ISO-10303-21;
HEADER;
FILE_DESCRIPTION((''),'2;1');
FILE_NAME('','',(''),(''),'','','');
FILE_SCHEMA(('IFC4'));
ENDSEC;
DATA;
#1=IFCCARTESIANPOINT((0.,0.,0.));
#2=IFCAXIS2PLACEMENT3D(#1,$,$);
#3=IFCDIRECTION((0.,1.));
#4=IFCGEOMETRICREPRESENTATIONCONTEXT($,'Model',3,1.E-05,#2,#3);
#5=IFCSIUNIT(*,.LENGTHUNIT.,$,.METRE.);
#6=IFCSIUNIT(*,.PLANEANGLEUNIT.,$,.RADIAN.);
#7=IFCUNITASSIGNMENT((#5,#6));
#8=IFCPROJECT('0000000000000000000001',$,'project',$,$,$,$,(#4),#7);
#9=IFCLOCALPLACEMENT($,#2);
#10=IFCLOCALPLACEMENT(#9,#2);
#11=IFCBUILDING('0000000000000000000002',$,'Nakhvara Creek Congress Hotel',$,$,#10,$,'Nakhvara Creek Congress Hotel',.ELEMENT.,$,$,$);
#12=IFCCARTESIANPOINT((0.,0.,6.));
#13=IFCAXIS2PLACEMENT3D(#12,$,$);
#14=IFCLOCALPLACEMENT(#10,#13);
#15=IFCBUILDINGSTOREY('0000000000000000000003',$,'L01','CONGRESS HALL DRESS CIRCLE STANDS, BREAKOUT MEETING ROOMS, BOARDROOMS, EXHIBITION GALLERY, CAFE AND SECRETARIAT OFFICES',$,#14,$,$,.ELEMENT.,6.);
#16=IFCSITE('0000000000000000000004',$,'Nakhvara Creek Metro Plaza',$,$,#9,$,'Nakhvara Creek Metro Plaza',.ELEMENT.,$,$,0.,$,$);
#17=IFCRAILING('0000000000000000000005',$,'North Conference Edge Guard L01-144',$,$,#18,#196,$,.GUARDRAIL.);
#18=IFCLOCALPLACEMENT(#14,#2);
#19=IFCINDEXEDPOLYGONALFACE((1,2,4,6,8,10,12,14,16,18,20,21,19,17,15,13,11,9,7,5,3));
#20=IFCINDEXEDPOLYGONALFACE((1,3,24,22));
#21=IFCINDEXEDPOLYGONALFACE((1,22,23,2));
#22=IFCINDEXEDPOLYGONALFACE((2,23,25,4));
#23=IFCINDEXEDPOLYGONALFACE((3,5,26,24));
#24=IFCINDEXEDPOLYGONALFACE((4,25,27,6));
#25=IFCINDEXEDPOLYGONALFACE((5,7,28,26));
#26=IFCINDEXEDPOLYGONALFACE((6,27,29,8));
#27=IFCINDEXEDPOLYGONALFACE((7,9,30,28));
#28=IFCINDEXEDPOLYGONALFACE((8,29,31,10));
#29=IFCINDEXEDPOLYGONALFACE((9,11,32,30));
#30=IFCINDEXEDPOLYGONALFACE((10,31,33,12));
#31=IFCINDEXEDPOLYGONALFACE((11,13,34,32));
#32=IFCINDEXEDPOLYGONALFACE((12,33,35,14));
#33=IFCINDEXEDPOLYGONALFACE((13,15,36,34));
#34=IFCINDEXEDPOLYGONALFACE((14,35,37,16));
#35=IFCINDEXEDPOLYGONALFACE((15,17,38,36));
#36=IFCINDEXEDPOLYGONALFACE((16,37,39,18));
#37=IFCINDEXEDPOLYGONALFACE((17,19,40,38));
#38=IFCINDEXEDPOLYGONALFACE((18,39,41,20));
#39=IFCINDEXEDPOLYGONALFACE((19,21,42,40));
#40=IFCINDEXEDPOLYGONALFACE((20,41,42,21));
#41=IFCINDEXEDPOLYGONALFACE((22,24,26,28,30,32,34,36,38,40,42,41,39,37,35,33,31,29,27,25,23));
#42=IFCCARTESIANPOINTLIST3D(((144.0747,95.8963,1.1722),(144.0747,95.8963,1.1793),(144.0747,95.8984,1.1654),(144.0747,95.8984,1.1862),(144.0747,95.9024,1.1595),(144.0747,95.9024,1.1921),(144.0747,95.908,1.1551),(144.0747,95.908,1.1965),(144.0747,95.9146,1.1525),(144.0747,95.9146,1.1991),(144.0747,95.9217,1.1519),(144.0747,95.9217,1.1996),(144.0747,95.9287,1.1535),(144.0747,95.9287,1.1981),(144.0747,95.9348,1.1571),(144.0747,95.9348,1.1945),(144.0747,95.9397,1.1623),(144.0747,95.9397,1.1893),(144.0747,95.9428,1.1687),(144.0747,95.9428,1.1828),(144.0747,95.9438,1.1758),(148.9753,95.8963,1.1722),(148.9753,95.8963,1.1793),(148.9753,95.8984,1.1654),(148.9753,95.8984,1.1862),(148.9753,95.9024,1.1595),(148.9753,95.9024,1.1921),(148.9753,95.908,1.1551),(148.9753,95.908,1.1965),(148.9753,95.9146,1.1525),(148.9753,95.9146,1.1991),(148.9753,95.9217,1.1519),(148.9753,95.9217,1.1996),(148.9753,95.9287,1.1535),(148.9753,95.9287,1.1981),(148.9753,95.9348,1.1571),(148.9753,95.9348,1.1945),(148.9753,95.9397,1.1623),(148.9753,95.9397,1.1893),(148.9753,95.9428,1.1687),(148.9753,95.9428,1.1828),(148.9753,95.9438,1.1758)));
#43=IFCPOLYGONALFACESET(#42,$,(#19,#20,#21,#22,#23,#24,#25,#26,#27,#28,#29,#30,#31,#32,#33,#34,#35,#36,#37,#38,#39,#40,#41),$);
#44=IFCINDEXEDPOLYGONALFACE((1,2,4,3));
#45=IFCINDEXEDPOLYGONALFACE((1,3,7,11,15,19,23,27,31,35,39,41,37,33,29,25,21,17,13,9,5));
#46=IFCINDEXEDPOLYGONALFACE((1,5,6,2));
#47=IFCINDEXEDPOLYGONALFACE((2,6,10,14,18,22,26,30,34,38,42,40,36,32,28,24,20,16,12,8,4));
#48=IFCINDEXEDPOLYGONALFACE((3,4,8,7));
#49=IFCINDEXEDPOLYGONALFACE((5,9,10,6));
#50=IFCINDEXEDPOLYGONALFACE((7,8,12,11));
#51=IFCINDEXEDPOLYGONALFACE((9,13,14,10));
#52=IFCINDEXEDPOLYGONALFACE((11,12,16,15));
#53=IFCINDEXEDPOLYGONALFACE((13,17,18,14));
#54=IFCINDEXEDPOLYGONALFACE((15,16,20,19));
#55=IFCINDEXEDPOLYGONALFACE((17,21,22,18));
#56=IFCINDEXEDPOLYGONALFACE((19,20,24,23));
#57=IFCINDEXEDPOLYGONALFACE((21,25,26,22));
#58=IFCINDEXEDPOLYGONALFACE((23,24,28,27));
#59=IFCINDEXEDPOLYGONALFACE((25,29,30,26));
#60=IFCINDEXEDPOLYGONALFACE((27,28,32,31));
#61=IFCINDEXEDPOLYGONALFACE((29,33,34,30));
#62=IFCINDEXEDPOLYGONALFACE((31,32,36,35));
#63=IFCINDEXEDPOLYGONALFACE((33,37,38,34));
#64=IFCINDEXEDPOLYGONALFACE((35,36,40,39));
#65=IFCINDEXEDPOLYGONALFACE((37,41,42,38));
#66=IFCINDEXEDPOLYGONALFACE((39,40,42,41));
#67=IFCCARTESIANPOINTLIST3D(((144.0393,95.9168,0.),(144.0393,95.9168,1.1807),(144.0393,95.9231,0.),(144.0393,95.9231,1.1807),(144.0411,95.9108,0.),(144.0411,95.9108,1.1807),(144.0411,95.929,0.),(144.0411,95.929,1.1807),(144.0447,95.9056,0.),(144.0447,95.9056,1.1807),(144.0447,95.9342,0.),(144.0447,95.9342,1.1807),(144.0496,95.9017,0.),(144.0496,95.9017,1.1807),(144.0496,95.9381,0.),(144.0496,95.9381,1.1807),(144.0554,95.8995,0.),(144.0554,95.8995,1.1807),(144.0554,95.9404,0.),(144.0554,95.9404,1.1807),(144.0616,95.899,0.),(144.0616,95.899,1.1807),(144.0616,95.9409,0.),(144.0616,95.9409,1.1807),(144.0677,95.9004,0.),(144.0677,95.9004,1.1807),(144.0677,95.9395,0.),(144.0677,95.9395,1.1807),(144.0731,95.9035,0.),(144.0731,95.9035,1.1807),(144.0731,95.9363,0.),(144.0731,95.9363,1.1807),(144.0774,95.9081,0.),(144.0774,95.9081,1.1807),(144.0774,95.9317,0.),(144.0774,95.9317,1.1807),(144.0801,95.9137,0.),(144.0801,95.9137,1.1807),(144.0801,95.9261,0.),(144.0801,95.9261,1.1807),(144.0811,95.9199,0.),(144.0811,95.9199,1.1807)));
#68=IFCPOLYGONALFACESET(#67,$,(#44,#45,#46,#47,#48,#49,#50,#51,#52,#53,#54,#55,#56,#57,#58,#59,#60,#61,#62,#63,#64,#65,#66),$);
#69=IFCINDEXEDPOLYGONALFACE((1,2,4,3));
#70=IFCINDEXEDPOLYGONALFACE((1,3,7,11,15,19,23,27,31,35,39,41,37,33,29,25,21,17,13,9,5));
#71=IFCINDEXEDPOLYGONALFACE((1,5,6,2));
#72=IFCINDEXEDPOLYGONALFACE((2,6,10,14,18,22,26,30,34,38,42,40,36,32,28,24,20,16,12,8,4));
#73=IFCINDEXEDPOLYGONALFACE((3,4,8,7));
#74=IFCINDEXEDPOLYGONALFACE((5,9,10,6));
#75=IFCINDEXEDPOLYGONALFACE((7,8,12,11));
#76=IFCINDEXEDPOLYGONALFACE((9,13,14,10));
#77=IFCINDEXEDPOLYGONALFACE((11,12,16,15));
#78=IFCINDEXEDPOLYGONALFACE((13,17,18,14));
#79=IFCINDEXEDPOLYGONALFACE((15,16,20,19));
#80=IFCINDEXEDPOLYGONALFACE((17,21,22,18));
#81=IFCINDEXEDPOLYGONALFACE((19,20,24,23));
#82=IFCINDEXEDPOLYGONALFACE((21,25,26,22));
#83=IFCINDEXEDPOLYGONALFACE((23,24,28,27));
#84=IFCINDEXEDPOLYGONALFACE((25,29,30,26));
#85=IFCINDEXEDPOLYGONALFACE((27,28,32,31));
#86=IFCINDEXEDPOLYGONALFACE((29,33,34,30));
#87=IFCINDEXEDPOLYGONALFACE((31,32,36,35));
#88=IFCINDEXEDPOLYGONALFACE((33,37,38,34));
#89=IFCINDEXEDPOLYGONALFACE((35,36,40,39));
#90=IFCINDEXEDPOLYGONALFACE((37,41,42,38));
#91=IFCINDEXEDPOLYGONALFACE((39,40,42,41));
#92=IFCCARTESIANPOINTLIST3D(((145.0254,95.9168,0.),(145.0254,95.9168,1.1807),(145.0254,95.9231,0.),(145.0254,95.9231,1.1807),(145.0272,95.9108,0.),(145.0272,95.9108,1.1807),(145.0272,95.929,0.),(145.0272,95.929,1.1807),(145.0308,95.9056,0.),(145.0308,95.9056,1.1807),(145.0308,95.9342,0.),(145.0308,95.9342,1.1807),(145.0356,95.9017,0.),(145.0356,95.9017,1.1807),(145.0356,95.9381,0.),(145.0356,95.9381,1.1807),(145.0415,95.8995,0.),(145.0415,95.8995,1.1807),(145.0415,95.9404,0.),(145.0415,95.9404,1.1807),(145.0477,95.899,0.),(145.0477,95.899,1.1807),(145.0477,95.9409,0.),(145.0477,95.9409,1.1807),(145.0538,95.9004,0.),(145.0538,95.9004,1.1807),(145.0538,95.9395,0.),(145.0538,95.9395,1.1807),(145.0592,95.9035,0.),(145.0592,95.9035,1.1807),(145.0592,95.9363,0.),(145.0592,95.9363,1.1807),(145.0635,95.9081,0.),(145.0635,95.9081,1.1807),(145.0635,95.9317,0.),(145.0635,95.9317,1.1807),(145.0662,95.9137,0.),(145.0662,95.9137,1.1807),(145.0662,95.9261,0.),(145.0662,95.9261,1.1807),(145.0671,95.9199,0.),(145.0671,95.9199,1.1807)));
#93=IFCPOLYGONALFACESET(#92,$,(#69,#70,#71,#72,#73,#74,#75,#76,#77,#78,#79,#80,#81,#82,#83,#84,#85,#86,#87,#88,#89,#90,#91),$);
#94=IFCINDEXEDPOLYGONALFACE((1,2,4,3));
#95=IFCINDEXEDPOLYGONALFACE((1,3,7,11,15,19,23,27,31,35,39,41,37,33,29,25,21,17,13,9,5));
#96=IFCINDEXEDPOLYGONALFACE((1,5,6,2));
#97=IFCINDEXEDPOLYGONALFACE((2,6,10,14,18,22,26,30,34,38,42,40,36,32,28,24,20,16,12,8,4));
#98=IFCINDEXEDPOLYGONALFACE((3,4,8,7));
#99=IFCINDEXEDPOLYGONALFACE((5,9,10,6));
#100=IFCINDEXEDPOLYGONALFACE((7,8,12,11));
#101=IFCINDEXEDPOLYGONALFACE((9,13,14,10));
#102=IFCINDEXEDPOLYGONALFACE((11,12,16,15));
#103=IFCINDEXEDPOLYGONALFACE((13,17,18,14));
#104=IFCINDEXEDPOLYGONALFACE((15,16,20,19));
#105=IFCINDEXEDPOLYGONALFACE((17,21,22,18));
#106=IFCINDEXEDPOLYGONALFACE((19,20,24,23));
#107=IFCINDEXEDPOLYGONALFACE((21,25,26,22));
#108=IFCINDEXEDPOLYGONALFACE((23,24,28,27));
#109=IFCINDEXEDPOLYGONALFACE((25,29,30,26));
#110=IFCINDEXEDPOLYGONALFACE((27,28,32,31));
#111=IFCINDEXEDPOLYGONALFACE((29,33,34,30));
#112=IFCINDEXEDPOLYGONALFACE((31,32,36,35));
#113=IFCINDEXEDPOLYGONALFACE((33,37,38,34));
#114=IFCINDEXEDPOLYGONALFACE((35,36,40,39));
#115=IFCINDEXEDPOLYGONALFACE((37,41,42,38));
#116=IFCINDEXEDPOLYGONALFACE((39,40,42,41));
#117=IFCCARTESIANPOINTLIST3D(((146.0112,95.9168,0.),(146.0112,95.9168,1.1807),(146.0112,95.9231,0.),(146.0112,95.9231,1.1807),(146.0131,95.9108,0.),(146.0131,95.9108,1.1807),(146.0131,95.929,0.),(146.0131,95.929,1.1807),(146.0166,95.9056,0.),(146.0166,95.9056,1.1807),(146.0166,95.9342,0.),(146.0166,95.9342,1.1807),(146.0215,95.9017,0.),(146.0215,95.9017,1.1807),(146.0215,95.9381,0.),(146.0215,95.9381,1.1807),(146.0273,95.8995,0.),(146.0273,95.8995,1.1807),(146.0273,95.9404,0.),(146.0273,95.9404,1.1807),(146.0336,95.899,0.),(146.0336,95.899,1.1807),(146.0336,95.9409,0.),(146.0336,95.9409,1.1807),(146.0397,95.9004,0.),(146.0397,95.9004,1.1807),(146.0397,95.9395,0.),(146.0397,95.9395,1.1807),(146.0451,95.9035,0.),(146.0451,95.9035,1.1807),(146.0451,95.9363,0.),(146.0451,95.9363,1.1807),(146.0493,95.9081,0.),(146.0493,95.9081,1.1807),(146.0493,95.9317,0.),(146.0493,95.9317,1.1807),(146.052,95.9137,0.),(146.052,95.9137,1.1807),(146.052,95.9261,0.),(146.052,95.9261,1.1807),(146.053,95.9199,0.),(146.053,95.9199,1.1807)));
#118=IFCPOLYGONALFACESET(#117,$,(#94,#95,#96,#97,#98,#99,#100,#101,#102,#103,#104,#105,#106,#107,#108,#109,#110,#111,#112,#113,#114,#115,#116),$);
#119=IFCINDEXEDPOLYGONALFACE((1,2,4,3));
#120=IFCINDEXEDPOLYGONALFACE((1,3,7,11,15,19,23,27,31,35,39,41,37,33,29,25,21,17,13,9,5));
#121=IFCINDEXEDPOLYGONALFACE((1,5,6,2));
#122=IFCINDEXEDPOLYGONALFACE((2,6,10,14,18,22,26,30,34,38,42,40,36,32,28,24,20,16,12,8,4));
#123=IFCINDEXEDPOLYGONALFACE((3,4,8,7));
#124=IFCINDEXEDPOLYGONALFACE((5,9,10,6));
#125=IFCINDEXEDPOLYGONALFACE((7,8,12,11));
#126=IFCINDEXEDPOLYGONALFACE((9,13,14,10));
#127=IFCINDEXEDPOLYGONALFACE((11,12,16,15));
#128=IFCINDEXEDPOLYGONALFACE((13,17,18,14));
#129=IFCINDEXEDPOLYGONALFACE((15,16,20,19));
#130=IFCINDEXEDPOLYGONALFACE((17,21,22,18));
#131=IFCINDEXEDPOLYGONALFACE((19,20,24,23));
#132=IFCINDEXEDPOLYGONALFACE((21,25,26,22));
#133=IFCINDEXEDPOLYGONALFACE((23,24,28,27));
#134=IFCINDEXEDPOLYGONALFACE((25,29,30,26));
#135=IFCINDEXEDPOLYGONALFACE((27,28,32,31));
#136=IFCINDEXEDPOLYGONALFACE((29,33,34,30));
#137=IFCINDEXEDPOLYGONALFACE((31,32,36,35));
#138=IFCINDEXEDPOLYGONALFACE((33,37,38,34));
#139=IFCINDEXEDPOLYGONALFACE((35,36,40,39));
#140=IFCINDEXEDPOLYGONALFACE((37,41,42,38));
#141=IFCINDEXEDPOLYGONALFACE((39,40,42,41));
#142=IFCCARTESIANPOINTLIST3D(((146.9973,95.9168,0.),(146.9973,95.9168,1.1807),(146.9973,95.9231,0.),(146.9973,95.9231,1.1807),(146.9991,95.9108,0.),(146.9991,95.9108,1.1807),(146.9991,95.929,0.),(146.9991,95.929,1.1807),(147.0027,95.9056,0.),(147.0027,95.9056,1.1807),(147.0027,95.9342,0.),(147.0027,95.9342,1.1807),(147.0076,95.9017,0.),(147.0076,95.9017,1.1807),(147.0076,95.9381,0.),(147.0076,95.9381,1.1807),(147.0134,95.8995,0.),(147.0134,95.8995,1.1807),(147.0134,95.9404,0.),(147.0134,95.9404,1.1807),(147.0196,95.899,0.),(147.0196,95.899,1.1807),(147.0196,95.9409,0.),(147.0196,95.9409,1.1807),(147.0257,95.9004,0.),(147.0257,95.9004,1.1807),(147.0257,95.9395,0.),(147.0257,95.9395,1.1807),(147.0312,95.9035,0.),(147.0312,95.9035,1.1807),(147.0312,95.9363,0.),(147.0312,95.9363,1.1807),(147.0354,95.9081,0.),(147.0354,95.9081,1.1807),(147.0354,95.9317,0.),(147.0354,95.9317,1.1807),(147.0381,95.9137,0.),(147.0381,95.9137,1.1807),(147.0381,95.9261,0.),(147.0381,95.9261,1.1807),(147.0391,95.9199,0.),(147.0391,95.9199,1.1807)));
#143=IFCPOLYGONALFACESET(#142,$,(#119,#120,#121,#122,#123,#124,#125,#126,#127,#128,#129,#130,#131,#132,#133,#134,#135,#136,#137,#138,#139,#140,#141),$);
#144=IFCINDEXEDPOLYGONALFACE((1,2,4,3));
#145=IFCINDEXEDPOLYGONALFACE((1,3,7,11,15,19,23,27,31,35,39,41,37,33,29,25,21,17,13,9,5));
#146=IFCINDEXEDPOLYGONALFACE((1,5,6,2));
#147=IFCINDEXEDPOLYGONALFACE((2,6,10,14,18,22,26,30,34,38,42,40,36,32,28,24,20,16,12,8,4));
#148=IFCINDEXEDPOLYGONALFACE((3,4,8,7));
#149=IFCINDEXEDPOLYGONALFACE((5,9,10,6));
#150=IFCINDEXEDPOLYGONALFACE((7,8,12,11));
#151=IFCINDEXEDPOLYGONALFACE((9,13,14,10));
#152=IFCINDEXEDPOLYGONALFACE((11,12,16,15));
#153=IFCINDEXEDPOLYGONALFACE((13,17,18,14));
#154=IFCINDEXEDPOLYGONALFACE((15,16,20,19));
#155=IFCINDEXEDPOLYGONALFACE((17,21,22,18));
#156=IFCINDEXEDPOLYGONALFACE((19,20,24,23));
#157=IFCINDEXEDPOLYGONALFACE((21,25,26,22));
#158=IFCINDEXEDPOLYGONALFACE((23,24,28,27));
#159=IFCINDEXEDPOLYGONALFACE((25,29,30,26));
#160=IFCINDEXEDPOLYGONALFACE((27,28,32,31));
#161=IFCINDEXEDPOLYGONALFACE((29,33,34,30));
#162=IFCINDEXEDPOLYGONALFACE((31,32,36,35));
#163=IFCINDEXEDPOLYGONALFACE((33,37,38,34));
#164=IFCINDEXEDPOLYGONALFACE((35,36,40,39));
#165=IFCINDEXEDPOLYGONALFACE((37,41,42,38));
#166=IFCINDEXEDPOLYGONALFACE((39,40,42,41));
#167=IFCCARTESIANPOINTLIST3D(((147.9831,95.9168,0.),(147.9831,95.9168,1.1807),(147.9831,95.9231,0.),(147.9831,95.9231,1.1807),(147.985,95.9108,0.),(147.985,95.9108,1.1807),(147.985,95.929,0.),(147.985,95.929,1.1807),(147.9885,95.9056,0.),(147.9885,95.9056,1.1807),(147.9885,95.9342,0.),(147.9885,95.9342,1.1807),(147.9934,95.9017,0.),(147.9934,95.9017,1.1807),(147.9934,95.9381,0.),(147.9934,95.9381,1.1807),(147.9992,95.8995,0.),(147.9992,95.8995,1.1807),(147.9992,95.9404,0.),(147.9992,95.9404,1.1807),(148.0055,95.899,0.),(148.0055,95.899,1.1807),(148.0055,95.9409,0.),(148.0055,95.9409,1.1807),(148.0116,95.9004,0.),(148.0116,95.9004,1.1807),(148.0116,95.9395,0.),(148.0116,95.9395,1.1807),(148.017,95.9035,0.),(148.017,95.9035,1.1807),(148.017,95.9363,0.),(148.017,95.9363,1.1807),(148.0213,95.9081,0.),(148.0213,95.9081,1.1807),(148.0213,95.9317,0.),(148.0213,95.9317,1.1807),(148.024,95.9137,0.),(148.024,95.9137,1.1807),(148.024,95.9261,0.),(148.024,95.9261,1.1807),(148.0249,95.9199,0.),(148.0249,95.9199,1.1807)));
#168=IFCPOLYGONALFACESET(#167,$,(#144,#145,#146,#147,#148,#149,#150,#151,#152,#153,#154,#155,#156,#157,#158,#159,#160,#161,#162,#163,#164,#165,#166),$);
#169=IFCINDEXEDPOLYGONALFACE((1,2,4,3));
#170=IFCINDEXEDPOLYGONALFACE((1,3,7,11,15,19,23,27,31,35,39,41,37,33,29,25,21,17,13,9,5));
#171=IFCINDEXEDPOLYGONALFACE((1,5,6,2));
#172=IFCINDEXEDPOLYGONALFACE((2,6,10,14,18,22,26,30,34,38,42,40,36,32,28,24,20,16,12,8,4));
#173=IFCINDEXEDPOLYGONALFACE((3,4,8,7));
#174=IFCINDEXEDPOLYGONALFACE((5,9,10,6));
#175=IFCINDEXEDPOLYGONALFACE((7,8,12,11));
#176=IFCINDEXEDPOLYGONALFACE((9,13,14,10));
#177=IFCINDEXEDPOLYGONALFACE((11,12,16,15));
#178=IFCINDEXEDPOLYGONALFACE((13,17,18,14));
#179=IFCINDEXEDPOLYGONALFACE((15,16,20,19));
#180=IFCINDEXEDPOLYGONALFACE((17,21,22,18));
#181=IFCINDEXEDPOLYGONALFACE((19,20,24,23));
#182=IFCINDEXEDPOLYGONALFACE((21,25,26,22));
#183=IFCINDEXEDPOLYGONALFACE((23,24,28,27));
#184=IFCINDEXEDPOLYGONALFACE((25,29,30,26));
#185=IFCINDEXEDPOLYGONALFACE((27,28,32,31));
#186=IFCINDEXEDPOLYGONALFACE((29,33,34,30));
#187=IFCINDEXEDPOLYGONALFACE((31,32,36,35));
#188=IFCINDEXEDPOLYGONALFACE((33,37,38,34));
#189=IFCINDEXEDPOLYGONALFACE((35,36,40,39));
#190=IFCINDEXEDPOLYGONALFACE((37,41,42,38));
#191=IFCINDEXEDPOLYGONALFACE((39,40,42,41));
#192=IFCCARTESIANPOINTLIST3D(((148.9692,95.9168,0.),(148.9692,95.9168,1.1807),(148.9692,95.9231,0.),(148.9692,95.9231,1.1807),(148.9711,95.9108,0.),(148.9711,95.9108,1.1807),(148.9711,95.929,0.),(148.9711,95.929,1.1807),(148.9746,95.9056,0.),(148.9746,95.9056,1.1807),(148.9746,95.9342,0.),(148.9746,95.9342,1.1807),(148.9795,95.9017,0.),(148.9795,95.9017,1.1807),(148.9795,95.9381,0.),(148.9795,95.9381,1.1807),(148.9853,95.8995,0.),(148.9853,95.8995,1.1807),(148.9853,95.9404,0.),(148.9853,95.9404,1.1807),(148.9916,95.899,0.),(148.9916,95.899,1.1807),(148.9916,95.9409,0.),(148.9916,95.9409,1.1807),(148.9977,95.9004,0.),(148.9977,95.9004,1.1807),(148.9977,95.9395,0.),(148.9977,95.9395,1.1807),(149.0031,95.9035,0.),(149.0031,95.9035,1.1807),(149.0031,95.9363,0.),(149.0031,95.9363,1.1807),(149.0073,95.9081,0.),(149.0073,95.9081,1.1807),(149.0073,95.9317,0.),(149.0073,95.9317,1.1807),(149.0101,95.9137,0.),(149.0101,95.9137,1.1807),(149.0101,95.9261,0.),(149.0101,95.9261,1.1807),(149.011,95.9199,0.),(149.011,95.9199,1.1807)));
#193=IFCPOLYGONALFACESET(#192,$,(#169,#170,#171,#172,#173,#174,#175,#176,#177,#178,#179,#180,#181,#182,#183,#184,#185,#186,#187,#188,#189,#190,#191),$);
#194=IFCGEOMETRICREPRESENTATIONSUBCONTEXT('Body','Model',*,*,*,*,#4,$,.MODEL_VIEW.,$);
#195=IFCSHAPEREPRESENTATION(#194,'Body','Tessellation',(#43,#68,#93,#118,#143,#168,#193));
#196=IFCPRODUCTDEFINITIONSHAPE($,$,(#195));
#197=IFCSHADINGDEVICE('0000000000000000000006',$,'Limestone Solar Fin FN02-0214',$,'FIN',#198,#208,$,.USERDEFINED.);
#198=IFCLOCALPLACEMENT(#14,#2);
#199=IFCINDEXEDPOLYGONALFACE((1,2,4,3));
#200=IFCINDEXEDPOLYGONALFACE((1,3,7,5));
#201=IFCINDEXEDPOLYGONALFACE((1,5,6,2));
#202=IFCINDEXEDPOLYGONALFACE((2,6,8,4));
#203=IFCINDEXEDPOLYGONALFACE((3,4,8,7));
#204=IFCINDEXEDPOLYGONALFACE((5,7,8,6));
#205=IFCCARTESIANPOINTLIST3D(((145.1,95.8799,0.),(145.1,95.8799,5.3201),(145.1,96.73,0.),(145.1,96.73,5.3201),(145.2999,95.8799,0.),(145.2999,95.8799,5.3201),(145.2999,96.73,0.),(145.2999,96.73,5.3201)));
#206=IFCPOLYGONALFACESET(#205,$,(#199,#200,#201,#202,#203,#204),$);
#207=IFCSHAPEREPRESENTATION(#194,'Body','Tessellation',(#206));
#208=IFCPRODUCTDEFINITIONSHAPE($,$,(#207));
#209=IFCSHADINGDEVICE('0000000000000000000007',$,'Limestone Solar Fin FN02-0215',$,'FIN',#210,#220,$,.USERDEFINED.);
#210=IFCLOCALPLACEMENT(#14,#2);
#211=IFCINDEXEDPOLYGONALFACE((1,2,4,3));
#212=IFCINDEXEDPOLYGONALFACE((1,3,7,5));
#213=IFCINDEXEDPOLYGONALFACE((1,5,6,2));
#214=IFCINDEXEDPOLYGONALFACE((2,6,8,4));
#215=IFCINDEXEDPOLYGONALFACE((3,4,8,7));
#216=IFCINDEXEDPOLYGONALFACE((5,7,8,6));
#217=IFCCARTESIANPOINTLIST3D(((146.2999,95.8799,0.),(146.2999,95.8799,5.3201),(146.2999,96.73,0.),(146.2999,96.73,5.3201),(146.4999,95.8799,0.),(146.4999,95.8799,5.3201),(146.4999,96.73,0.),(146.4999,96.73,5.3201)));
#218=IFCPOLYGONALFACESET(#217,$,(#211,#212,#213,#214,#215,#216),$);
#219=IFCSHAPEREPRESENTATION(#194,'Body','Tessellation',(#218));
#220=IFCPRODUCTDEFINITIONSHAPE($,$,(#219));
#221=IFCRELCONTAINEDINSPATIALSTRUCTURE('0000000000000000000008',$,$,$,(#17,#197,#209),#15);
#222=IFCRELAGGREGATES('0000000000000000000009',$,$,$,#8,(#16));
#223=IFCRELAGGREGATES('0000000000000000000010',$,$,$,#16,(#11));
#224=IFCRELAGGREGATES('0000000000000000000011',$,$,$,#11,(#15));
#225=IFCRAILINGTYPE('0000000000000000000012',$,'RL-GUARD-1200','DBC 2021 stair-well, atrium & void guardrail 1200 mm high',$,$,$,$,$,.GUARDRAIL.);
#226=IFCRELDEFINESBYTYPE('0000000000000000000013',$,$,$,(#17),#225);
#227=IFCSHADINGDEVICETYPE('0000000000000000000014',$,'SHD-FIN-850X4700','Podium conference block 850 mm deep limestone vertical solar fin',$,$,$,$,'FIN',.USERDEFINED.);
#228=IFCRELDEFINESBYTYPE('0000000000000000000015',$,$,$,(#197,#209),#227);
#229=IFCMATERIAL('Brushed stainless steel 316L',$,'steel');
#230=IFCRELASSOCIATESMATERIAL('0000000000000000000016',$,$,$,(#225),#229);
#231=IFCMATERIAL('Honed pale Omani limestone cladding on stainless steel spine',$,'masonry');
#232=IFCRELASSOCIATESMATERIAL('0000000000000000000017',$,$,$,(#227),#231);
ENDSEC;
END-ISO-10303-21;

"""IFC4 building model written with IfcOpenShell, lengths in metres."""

from ifc_helpers import new_model, si_unit, direction, frame, origin, origin_2d, place, context, subcontext, project, spatial, rectangle, circle, extrude, material, type_object, element, save


model = new_model("IFC4")

# Units and contexts
model_context = context("Model", 3, precision=1e-05, world=origin(), true_north=direction((0.0, 1.0)))
body_context = subcontext(model_context, "Body", "Model", "MODEL_VIEW")
ifc_project = project(units=[si_unit("LENGTHUNIT", "METRE"), si_unit("PLANEANGLEUNIT", "RADIAN")], contexts=[model_context])

# Site, building, storey
site_placement = place(None, origin())
site = spatial("IfcSite", under=ifc_project, at=site_placement, Name="Nakhvara Creek Metro Plaza", LongName="Nakhvara Creek Metro Plaza", CompositionType="ELEMENT", RefElevation=0.0)
building_placement = place(site_placement, origin())
building = spatial("IfcBuilding", under=site, at=building_placement, Name="Nakhvara Creek Congress Hotel", LongName="Nakhvara Creek Congress Hotel", CompositionType="ELEMENT")
storey_placement = place(building_placement, frame((0.0, 0.0, 6.0)))
storey = spatial("IfcBuildingStorey", under=building, at=storey_placement, Name="L01", Description="CONGRESS HALL DRESS CIRCLE STANDS, BREAKOUT MEETING ROOMS, BOARDROOMS, EXHIBITION GALLERY, CAFE AND SECRETARIAT OFFICES", CompositionType="ELEMENT", Elevation=6.0)

# Railing
ifc_material_1 = material(Name="Brushed stainless steel 316L", Category="steel")
railing_type = type_object("IfcRailingType", Name="RL-GUARD-1200", Description="DBC 2021 stair-well, atrium & void guardrail 1200 mm high", PredefinedType="GUARDRAIL", material=ifc_material_1)
railing_1_placement = place(storey_placement, frame((144.0601, 95.9199, 0.0)))
element("IfcRailing", 1, at=railing_1_placement, inside=storey, type_object=railing_type, Name="North Conference Edge Guard L01-144", PredefinedType="GUARDRAIL", context=body_context, shape_type="SweptSolid", body=[
    extrude(circle(Radius=0.0239, at=origin_2d()), frame((0.0146, 0.0, 1.1758), z_axis=(1.0, 0.0, 0.0), x_axis=(0.0, 1.0, 0.0)), (0.0, 0.0, 1.0), 4.9006),
    extrude(circle(Radius=0.021, at=origin_2d()), origin(), (0.0, 0.0, 1.0), 1.1807),
    extrude(circle(Radius=0.021, at=origin_2d()), frame((0.9861, 0.0, 0.0)), (0.0, 0.0, 1.0), 1.1807),
    extrude(circle(Radius=0.021, at=origin_2d()), frame((1.9719, 0.0, 0.0)), (0.0, 0.0, 1.0), 1.1807),
    extrude(circle(Radius=0.021, at=origin_2d()), frame((2.958, 0.0, 0.0)), (0.0, 0.0, 1.0), 1.1807),
    extrude(circle(Radius=0.021, at=origin_2d()), frame((3.9438, 0.0, 0.0)), (0.0, 0.0, 1.0), 1.1807),
    extrude(circle(Radius=0.021, at=origin_2d()), frame((4.9299, 0.0, 0.0)), (0.0, 0.0, 1.0), 1.1807),
])

# Shading devices
ifc_material_2 = material(Name="Honed pale Omani limestone cladding on stainless steel spine", Category="masonry")
shading_device_type = type_object("IfcShadingDeviceType", Name="SHD-FIN-850X4700", Description="Podium conference block 850 mm deep limestone vertical solar fin", ElementType="FIN", PredefinedType="USERDEFINED", material=ifc_material_2)
for number, where, z_axis, x_axis, name in (
    (2, (145.2, 96.3049, 0.0), (0.0, 0.0, 1.0), (1.0, 0.0, 0.0), "Limestone Solar Fin FN02-0214"),
    (3, (146.3999, 96.3049, 0.0), (0.0, 0.0, 1.0), (1.0, 0.0, 0.0), "Limestone Solar Fin FN02-0215"),
):
    element("IfcShadingDevice", number, at=place(storey_placement, frame(where, z_axis=z_axis, x_axis=x_axis)), inside=storey, type_object=shading_device_type, Name=name, ObjectType="FIN", PredefinedType="USERDEFINED", context=body_context, shape_type="SweptSolid", body=[
        extrude(rectangle(XDim=0.2, YDim=0.8501, at=origin_2d()), origin(), (0.0, 0.0, 1.0), 5.3201),
    ])

save(model, "model.ifc")
